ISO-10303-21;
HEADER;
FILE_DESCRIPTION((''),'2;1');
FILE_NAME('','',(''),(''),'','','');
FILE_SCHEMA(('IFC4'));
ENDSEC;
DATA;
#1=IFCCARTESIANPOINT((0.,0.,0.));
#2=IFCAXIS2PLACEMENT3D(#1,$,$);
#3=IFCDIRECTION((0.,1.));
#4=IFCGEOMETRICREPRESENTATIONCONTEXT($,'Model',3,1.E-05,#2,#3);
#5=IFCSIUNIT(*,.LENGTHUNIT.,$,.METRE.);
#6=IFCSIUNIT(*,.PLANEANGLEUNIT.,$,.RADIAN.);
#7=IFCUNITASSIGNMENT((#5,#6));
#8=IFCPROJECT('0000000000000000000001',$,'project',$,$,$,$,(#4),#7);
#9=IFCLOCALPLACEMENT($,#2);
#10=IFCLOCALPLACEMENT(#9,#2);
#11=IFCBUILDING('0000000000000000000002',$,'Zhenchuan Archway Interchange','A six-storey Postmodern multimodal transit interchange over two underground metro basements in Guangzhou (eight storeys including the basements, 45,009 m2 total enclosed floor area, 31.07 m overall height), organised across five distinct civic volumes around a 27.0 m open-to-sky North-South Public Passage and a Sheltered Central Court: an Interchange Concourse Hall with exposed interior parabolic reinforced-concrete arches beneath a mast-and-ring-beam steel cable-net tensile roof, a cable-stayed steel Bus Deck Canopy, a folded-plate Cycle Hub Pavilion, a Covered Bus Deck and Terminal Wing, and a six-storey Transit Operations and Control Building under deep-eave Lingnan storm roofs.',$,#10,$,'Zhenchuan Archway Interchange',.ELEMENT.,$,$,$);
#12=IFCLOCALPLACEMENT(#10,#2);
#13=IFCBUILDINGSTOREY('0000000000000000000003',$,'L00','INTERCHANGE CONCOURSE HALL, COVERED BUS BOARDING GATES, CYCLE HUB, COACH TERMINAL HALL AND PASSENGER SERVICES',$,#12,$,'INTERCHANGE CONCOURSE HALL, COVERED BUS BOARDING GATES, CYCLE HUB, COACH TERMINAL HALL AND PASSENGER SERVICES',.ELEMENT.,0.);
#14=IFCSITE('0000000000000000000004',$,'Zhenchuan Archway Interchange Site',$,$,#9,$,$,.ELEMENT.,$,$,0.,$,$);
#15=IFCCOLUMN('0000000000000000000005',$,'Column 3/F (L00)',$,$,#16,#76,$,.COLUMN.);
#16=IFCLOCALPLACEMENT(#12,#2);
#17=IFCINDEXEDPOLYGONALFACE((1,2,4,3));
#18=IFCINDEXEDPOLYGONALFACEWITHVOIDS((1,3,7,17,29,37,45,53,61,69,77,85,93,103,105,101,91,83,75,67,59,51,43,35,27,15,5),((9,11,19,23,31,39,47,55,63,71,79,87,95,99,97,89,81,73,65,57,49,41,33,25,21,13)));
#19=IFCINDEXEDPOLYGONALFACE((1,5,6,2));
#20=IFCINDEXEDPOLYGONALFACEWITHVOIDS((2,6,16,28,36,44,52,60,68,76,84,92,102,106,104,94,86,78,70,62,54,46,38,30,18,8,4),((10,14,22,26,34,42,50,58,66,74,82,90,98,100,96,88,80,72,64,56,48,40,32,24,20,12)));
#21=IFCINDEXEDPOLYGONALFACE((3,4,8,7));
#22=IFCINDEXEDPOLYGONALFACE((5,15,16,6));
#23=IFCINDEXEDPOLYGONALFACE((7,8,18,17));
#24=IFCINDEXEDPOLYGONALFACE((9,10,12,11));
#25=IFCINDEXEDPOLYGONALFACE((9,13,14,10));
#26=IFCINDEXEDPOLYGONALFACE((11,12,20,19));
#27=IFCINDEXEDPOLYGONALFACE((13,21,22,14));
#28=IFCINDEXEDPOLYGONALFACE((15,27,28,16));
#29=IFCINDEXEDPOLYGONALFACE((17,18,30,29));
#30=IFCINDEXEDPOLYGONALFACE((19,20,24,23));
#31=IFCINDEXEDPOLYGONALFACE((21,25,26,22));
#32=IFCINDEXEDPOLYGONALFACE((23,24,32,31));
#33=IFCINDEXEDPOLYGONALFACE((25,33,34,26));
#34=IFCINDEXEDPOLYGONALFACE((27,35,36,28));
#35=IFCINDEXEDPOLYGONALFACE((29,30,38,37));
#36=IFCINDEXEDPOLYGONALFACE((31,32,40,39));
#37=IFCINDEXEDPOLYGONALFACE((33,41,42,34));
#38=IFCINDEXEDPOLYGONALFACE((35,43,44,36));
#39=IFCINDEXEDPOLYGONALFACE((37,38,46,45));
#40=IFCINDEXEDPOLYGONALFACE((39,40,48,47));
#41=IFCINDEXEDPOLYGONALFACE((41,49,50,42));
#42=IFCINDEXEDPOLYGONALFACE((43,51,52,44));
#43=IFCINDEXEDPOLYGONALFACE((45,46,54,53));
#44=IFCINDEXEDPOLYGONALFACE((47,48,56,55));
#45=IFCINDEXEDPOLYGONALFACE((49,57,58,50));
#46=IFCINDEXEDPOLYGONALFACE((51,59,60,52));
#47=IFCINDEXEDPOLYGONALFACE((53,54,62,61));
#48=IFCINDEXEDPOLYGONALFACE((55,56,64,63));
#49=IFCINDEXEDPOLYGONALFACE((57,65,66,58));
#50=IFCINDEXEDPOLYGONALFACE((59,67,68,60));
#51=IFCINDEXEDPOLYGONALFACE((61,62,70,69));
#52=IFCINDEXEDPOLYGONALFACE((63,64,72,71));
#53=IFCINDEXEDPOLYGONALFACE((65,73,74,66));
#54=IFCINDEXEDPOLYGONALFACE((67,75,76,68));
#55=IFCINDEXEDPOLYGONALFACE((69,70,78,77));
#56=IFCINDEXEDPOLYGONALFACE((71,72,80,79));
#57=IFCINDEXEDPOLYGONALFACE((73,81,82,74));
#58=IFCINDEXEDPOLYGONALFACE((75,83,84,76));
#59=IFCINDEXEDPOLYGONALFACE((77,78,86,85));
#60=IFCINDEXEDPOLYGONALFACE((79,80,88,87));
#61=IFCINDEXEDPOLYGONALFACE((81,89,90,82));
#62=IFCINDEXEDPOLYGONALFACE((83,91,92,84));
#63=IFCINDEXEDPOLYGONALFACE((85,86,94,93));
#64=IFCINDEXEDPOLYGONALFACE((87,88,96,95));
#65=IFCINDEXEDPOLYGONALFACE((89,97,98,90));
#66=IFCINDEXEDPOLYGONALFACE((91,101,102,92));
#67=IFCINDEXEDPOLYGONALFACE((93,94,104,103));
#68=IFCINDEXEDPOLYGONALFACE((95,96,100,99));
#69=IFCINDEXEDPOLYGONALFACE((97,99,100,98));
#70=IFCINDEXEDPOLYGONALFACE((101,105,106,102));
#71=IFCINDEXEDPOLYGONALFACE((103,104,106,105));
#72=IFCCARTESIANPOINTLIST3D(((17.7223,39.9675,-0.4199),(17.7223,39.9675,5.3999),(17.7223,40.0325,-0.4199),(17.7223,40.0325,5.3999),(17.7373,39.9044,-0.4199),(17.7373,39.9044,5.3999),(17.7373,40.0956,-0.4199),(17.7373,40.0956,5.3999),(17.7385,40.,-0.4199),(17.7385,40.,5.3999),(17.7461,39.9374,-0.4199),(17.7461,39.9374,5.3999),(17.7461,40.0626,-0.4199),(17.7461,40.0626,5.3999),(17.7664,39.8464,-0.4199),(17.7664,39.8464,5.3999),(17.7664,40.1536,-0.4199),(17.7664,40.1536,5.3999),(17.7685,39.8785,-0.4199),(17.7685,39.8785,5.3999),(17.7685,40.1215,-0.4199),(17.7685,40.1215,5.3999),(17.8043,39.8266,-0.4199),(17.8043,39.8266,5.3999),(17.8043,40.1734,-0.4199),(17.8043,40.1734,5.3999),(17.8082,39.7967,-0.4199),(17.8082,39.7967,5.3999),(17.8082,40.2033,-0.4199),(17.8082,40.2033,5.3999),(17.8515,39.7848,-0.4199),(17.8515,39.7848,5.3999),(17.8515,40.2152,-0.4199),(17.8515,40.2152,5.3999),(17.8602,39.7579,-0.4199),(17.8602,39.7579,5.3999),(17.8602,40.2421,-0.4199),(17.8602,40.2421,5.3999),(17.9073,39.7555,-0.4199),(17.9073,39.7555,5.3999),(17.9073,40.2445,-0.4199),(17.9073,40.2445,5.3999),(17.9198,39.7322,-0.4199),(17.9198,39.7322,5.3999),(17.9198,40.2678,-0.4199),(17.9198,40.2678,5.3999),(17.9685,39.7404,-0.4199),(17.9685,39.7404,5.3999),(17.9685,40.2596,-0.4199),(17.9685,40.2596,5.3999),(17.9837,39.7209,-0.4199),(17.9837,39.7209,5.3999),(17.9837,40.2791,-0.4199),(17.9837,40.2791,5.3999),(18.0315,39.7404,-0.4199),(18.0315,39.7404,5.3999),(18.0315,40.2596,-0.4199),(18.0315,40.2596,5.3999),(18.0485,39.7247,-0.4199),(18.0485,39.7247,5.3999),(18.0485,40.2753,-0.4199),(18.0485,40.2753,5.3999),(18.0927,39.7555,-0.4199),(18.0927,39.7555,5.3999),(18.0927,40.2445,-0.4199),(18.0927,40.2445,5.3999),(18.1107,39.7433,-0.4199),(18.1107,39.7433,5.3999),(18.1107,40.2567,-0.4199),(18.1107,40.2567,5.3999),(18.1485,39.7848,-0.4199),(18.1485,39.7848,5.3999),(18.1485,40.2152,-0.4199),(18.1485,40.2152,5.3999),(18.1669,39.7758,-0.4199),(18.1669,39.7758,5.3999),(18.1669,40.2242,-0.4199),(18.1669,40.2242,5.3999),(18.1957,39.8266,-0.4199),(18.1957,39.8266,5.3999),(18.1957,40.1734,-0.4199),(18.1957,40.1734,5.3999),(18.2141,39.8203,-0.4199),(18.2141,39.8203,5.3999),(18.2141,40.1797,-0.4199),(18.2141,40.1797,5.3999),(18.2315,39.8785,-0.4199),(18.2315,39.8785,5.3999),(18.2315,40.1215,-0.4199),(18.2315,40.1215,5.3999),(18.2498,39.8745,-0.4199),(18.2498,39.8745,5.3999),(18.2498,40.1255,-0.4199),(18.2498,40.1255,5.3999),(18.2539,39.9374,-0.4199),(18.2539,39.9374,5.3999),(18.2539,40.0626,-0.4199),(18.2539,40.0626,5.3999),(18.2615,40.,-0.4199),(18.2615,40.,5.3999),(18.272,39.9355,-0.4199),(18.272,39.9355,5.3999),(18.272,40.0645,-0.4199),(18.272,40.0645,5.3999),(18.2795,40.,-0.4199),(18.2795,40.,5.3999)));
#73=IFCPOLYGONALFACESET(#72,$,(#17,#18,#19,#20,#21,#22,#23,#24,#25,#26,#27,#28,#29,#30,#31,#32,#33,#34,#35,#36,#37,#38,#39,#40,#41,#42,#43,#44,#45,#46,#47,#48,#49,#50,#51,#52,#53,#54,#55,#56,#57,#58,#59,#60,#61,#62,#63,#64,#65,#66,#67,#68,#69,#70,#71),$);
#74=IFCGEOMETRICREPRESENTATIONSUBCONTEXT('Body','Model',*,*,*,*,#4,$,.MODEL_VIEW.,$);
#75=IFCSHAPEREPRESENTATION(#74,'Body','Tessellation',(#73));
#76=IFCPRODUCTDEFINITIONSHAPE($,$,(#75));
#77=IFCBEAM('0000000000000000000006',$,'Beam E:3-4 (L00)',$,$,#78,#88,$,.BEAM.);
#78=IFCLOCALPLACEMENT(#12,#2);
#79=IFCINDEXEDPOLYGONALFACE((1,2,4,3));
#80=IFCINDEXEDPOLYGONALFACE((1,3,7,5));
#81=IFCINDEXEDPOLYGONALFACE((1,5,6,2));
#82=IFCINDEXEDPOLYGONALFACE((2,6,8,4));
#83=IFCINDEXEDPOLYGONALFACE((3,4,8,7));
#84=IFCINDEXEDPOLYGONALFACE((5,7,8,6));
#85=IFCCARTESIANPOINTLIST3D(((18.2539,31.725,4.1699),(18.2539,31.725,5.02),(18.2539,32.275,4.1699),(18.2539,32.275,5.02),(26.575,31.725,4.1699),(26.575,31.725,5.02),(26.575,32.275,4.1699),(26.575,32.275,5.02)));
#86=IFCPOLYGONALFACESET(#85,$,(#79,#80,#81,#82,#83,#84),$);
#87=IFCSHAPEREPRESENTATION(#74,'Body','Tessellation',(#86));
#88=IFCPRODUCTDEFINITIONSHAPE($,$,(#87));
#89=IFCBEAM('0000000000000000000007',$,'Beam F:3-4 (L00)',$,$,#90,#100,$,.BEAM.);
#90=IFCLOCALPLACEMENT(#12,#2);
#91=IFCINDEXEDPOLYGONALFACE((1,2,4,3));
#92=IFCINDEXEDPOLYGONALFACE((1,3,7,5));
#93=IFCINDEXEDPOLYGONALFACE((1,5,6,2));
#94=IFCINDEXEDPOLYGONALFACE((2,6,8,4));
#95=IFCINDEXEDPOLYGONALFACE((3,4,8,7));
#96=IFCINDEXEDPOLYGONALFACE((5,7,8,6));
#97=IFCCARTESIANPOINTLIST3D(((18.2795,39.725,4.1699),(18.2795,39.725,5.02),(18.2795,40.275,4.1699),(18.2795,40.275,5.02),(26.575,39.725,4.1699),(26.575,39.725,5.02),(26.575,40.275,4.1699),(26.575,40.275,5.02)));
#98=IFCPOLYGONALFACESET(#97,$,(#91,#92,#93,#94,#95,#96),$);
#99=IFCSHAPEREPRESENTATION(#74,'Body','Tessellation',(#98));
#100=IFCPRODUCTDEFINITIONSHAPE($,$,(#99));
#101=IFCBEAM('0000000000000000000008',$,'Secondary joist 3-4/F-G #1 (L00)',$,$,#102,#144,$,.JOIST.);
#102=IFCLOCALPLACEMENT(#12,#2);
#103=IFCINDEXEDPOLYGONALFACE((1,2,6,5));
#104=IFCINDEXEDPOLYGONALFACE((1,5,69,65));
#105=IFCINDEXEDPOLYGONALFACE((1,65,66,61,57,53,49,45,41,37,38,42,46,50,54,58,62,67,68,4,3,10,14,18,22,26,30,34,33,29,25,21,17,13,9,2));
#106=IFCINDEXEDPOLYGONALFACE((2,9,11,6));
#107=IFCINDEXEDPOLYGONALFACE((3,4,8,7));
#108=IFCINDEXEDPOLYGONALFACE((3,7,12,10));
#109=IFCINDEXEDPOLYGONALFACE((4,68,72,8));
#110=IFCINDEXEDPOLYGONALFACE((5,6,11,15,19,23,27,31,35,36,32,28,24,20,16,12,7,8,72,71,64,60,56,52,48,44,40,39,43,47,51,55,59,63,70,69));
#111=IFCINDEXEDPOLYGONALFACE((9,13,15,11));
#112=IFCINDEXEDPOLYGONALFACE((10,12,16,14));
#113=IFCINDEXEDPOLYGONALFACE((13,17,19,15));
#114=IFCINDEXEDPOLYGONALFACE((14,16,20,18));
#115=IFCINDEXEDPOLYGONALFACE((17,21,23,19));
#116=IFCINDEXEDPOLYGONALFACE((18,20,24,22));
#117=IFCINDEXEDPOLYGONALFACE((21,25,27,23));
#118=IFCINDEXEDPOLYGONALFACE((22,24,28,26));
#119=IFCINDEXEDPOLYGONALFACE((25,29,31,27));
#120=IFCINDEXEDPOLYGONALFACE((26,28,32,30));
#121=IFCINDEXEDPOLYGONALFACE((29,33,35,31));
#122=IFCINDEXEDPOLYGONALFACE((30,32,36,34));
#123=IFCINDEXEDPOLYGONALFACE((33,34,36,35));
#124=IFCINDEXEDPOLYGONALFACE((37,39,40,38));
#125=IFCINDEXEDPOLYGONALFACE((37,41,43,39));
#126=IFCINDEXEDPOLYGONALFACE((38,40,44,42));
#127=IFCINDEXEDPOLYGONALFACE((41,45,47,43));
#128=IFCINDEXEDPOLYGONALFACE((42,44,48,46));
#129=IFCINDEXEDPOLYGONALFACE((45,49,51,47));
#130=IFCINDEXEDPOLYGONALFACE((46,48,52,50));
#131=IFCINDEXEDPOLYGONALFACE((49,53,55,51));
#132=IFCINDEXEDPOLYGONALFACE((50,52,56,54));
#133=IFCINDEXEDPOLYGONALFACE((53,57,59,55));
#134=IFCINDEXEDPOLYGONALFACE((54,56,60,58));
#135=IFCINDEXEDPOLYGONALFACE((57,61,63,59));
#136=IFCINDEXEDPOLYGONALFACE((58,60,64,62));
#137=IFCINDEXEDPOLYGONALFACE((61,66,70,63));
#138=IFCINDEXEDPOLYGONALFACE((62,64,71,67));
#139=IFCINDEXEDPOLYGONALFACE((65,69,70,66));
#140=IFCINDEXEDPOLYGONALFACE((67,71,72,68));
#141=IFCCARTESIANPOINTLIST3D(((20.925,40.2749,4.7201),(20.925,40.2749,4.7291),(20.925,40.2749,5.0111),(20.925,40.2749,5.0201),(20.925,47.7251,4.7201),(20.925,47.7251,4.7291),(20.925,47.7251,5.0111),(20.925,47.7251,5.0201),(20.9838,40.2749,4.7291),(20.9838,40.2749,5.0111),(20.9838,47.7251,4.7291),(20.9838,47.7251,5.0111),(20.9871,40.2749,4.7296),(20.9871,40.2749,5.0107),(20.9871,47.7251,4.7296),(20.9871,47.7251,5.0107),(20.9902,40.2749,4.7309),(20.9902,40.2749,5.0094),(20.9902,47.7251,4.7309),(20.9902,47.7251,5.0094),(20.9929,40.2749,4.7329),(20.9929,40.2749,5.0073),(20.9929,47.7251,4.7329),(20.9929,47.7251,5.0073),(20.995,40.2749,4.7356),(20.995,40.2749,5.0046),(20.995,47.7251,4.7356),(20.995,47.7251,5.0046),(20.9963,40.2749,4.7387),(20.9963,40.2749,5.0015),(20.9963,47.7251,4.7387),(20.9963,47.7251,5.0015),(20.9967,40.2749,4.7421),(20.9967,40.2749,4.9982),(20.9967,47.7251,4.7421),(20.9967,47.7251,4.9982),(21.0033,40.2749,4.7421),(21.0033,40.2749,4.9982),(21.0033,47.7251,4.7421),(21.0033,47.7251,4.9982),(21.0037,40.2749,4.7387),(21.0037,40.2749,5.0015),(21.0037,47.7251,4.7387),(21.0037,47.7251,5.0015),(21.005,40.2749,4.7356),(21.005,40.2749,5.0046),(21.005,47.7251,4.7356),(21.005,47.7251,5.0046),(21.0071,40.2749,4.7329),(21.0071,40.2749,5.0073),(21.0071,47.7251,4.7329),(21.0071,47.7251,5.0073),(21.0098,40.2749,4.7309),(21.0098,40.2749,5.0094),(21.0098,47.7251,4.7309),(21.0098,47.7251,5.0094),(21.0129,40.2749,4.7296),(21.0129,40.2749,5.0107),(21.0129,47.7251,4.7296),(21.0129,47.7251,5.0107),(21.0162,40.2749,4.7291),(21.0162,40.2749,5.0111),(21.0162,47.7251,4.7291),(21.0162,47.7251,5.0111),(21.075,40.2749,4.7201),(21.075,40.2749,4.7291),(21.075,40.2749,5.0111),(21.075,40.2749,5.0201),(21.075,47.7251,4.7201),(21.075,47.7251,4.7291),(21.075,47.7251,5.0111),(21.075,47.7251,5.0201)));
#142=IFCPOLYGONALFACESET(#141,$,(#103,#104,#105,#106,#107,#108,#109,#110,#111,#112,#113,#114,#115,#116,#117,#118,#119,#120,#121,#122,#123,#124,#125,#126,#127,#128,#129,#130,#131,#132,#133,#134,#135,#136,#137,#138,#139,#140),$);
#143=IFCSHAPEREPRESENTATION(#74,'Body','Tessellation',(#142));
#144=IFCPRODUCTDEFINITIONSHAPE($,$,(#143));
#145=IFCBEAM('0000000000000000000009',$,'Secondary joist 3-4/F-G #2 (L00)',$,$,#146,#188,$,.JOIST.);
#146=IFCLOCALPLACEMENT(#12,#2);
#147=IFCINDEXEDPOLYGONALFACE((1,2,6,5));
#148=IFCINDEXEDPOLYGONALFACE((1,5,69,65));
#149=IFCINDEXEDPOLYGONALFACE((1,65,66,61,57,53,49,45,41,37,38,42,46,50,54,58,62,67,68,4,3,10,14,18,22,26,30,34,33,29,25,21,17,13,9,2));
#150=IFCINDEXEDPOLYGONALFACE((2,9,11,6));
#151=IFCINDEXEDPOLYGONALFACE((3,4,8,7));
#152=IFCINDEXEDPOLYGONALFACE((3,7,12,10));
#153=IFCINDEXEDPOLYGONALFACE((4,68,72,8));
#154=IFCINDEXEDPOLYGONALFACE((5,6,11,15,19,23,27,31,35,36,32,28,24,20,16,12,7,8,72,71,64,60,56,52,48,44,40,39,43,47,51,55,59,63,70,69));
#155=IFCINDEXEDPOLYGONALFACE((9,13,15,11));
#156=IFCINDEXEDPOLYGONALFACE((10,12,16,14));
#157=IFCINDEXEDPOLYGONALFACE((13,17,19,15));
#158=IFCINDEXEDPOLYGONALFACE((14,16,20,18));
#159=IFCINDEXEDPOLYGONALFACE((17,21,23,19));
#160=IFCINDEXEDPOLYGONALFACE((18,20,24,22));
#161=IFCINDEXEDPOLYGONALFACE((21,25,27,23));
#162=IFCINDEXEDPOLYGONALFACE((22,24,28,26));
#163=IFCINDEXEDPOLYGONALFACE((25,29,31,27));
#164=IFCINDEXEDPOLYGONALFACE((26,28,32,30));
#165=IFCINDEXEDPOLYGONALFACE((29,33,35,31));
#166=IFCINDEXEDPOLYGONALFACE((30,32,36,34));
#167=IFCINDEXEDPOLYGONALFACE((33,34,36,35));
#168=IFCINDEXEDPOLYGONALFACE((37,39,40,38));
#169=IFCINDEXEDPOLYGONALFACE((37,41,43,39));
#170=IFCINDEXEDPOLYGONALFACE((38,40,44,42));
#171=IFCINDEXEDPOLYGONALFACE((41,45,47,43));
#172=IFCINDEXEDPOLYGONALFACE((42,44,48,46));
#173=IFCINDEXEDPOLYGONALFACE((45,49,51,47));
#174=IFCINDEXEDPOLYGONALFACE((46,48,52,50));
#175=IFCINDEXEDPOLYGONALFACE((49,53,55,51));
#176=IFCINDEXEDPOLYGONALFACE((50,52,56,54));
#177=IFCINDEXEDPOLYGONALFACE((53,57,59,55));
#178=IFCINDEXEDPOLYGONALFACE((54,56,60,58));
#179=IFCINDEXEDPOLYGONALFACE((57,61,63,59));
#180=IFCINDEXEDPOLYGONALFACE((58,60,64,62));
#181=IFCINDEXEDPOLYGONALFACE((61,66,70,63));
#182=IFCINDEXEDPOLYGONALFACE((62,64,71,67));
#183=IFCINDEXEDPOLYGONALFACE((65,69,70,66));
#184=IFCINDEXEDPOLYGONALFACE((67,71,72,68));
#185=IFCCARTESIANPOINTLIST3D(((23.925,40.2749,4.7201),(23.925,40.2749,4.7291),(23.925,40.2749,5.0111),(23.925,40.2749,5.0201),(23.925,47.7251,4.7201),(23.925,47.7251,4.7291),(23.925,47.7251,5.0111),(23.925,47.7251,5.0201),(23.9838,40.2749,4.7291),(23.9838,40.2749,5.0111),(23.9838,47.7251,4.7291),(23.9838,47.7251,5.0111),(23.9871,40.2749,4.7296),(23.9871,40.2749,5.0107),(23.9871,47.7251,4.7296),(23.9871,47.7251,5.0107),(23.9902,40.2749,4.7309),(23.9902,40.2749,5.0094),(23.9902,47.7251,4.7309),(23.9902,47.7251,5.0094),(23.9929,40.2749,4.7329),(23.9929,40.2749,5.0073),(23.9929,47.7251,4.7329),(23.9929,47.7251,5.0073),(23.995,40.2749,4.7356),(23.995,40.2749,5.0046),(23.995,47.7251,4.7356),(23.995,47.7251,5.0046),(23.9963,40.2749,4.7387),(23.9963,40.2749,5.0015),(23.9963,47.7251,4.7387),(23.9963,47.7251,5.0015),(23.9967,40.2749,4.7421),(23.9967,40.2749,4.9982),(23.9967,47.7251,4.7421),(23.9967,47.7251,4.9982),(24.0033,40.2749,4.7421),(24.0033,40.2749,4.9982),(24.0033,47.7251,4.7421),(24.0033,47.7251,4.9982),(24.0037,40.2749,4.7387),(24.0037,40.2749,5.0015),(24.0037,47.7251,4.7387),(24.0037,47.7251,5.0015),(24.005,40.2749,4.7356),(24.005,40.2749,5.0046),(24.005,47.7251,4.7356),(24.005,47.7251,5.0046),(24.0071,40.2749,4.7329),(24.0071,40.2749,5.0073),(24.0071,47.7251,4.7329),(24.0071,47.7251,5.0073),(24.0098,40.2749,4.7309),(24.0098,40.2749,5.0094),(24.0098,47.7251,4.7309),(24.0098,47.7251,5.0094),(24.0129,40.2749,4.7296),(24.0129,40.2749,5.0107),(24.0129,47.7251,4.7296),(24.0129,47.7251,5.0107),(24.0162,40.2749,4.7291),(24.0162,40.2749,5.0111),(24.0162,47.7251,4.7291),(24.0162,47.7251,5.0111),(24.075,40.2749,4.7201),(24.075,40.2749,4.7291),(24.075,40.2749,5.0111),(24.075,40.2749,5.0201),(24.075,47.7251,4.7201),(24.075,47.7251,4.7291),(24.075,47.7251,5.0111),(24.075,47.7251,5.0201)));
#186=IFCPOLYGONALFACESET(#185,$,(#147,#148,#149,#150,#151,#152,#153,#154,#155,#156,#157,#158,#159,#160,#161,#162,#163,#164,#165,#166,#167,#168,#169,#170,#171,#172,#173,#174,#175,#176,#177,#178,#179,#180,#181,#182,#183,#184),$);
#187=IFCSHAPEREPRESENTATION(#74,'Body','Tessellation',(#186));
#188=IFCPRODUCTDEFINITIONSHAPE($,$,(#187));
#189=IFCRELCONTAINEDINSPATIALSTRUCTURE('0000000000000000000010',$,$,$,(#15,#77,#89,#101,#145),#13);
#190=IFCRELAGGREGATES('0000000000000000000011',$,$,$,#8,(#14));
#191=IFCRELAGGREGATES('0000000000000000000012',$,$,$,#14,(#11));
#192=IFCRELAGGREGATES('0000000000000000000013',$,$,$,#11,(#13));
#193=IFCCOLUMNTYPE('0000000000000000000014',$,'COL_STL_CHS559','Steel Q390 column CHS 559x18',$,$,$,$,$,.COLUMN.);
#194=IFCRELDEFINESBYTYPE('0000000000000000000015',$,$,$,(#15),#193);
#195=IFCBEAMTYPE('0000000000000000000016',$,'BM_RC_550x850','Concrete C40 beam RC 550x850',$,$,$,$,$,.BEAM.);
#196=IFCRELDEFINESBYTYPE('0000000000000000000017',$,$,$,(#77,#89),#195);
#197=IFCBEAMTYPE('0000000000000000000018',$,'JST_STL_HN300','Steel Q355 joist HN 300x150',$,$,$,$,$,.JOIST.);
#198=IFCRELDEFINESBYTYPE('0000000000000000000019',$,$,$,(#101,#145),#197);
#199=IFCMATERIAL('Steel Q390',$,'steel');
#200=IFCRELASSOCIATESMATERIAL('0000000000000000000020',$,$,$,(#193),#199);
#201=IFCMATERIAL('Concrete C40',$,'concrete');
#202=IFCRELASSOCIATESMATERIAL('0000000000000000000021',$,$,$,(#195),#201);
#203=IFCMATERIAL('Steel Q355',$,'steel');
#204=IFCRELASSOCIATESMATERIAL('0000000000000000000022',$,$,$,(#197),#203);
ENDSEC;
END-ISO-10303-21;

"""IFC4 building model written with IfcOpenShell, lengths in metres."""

from ifc_helpers import new_model, si_unit, direction, frame, origin, origin_2d, place, context, subcontext, project, spatial, rectangle, hollow_circle, i_section, extrude, material, material_profile, profile_set, type_object, element, save


model = new_model("IFC4")

# Units and contexts
model_context = context("Model", 3, precision=1e-05, world=origin(), true_north=direction((0.0, 1.0)))
body_context = subcontext(model_context, "Body", "Model", "MODEL_VIEW")
ifc_project = project(units=[si_unit("LENGTHUNIT", "METRE"), si_unit("PLANEANGLEUNIT", "RADIAN")], contexts=[model_context])

# Site, building, storey
site_placement = place(None, origin())
site = spatial("IfcSite", under=ifc_project, at=site_placement, Name="Zhenchuan Archway Interchange Site", CompositionType="ELEMENT", RefElevation=0.0)
building_placement = place(site_placement, origin())
building = spatial("IfcBuilding", under=site, at=building_placement, Name="Zhenchuan Archway Interchange", Description="A six-storey Postmodern multimodal transit interchange over two underground metro basements in Guangzhou (eight storeys including the basements, 45,009 m2 total enclosed floor area, 31.07 m overall height), organised across five distinct civic volumes around a 27.0 m open-to-sky North-South Public Passage and a Sheltered Central Court: an Interchange Concourse Hall with exposed interior parabolic reinforced-concrete arches beneath a mast-and-ring-beam steel cable-net tensile roof, a cable-stayed steel Bus Deck Canopy, a folded-plate Cycle Hub Pavilion, a Covered Bus Deck and Terminal Wing, and a six-storey Transit Operations and Control Building under deep-eave Lingnan storm roofs.", LongName="Zhenchuan Archway Interchange", CompositionType="ELEMENT")
storey_placement = place(building_placement, origin())
storey = spatial("IfcBuildingStorey", under=building, at=storey_placement, Name="L00", Description="INTERCHANGE CONCOURSE HALL, COVERED BUS BOARDING GATES, CYCLE HUB, COACH TERMINAL HALL AND PASSENGER SERVICES", LongName="INTERCHANGE CONCOURSE HALL, COVERED BUS BOARDING GATES, CYCLE HUB, COACH TERMINAL HALL AND PASSENGER SERVICES", CompositionType="ELEMENT", Elevation=0.0)

# Shared definitions
ifc_material_1 = material(Name="Concrete C40", Category="concrete")

# Column
ifc_material_2 = material(Name="Steel Q390", Category="steel")
ifc_material_profile_1 = material_profile(ifc_material_2, hollow_circle(Radius=0.2795, WallThickness=0.0181, at=origin_2d()), Name="CHS 559x18")
ifc_profile_set_1 = profile_set([ifc_material_profile_1], Name="Steel Q390")
column_type_1 = type_object("IfcColumnType", Name="COL_STL_CHS559", Description="Steel Q390 column CHS 559x18", PredefinedType="COLUMN", material=ifc_profile_set_1)
column_1_placement = place(storey_placement, frame((18.0, 40.0, -0.4199), z_axis=(0.0, 0.0, 1.0), x_axis=(1.0, 0.0, 0.0)))
element("IfcColumn", 1, at=column_1_placement, inside=storey, type_object=column_type_1, Name="Column 3/F (L00)", PredefinedType="COLUMN", context=body_context, shape_type="SweptSolid", body=[
    extrude(hollow_circle(Radius=0.2795, WallThickness=0.0181, at=origin_2d()), origin(), (0.0, 0.0, 1.0), 5.8198),
])

# Beams
ifc_material_profile_2 = material_profile(ifc_material_1, rectangle(XDim=0.55, YDim=0.8501, at=origin_2d()), Name="RC 550x850")
ifc_profile_set_2 = profile_set([ifc_material_profile_2], Name="Concrete C40")
beam_type_1 = type_object("IfcBeamType", Name="BM_RC_550x850", Description="Concrete C40 beam RC 550x850", PredefinedType="BEAM", material=ifc_profile_set_2)
beam_1_placement = place(storey_placement, frame((18.2539, 32.0, 4.595), z_axis=(1.0, 0.0, 0.0), x_axis=(0.0, 1.0, 0.0)))
element("IfcBeam", 2, at=beam_1_placement, inside=storey, type_object=beam_type_1, Name="Beam E:3-4 (L00)", PredefinedType="BEAM", context=body_context, shape_type="SweptSolid", body=[
    extrude(rectangle(XDim=0.55, YDim=0.8501, at=origin_2d()), origin(), (0.0, 0.0, 1.0), 8.321),
])
beam_2_placement = place(storey_placement, frame((18.2795, 40.0, 4.595), z_axis=(1.0, 0.0, 0.0), x_axis=(0.0, 1.0, 0.0)))
element("IfcBeam", 3, at=beam_2_placement, inside=storey, type_object=beam_type_1, Name="Beam F:3-4 (L00)", PredefinedType="BEAM", context=body_context, shape_type="SweptSolid", body=[
    extrude(rectangle(XDim=0.55, YDim=0.8501, at=origin_2d()), origin(), (0.0, 0.0, 1.0), 8.2954),
])
ifc_material_3 = material(Name="Steel Q355", Category="steel")
ifc_material_profile_3 = material_profile(ifc_material_3, i_section(OverallWidth=0.1499, OverallDepth=0.3, WebThickness=0.0066, FlangeThickness=0.009, FilletRadius=0.0129, at=origin_2d()), Name="HN 300x150")
ifc_profile_set_3 = profile_set([ifc_material_profile_3], Name="Steel Q355")
beam_type_2 = type_object("IfcBeamType", Name="JST_STL_HN300", Description="Steel Q355 joist HN 300x150", PredefinedType="JOIST", material=ifc_profile_set_3)
for number, where, z_axis, x_axis, name in (
    (4, (21.0, 40.2749, 4.8701), (0.0, 1.0, 0.0), (-1.0, 0.0, 0.0), "Secondary joist 3-4/F-G #1 (L00)"),
    (5, (24.0, 40.2749, 4.8701), (0.0, 1.0, 0.0), (-1.0, 0.0, 0.0), "Secondary joist 3-4/F-G #2 (L00)"),
):
    element("IfcBeam", number, at=place(storey_placement, frame(where, z_axis=z_axis, x_axis=x_axis)), inside=storey, type_object=beam_type_2, Name=name, PredefinedType="JOIST", context=body_context, shape_type="SweptSolid", body=[
        extrude(i_section(OverallWidth=0.1499, OverallDepth=0.3, WebThickness=0.0066, FlangeThickness=0.009, FilletRadius=0.0129, at=origin_2d()), origin(), (0.0, 0.0, 1.0), 7.4502),
    ])

save(model, "model.ifc")
